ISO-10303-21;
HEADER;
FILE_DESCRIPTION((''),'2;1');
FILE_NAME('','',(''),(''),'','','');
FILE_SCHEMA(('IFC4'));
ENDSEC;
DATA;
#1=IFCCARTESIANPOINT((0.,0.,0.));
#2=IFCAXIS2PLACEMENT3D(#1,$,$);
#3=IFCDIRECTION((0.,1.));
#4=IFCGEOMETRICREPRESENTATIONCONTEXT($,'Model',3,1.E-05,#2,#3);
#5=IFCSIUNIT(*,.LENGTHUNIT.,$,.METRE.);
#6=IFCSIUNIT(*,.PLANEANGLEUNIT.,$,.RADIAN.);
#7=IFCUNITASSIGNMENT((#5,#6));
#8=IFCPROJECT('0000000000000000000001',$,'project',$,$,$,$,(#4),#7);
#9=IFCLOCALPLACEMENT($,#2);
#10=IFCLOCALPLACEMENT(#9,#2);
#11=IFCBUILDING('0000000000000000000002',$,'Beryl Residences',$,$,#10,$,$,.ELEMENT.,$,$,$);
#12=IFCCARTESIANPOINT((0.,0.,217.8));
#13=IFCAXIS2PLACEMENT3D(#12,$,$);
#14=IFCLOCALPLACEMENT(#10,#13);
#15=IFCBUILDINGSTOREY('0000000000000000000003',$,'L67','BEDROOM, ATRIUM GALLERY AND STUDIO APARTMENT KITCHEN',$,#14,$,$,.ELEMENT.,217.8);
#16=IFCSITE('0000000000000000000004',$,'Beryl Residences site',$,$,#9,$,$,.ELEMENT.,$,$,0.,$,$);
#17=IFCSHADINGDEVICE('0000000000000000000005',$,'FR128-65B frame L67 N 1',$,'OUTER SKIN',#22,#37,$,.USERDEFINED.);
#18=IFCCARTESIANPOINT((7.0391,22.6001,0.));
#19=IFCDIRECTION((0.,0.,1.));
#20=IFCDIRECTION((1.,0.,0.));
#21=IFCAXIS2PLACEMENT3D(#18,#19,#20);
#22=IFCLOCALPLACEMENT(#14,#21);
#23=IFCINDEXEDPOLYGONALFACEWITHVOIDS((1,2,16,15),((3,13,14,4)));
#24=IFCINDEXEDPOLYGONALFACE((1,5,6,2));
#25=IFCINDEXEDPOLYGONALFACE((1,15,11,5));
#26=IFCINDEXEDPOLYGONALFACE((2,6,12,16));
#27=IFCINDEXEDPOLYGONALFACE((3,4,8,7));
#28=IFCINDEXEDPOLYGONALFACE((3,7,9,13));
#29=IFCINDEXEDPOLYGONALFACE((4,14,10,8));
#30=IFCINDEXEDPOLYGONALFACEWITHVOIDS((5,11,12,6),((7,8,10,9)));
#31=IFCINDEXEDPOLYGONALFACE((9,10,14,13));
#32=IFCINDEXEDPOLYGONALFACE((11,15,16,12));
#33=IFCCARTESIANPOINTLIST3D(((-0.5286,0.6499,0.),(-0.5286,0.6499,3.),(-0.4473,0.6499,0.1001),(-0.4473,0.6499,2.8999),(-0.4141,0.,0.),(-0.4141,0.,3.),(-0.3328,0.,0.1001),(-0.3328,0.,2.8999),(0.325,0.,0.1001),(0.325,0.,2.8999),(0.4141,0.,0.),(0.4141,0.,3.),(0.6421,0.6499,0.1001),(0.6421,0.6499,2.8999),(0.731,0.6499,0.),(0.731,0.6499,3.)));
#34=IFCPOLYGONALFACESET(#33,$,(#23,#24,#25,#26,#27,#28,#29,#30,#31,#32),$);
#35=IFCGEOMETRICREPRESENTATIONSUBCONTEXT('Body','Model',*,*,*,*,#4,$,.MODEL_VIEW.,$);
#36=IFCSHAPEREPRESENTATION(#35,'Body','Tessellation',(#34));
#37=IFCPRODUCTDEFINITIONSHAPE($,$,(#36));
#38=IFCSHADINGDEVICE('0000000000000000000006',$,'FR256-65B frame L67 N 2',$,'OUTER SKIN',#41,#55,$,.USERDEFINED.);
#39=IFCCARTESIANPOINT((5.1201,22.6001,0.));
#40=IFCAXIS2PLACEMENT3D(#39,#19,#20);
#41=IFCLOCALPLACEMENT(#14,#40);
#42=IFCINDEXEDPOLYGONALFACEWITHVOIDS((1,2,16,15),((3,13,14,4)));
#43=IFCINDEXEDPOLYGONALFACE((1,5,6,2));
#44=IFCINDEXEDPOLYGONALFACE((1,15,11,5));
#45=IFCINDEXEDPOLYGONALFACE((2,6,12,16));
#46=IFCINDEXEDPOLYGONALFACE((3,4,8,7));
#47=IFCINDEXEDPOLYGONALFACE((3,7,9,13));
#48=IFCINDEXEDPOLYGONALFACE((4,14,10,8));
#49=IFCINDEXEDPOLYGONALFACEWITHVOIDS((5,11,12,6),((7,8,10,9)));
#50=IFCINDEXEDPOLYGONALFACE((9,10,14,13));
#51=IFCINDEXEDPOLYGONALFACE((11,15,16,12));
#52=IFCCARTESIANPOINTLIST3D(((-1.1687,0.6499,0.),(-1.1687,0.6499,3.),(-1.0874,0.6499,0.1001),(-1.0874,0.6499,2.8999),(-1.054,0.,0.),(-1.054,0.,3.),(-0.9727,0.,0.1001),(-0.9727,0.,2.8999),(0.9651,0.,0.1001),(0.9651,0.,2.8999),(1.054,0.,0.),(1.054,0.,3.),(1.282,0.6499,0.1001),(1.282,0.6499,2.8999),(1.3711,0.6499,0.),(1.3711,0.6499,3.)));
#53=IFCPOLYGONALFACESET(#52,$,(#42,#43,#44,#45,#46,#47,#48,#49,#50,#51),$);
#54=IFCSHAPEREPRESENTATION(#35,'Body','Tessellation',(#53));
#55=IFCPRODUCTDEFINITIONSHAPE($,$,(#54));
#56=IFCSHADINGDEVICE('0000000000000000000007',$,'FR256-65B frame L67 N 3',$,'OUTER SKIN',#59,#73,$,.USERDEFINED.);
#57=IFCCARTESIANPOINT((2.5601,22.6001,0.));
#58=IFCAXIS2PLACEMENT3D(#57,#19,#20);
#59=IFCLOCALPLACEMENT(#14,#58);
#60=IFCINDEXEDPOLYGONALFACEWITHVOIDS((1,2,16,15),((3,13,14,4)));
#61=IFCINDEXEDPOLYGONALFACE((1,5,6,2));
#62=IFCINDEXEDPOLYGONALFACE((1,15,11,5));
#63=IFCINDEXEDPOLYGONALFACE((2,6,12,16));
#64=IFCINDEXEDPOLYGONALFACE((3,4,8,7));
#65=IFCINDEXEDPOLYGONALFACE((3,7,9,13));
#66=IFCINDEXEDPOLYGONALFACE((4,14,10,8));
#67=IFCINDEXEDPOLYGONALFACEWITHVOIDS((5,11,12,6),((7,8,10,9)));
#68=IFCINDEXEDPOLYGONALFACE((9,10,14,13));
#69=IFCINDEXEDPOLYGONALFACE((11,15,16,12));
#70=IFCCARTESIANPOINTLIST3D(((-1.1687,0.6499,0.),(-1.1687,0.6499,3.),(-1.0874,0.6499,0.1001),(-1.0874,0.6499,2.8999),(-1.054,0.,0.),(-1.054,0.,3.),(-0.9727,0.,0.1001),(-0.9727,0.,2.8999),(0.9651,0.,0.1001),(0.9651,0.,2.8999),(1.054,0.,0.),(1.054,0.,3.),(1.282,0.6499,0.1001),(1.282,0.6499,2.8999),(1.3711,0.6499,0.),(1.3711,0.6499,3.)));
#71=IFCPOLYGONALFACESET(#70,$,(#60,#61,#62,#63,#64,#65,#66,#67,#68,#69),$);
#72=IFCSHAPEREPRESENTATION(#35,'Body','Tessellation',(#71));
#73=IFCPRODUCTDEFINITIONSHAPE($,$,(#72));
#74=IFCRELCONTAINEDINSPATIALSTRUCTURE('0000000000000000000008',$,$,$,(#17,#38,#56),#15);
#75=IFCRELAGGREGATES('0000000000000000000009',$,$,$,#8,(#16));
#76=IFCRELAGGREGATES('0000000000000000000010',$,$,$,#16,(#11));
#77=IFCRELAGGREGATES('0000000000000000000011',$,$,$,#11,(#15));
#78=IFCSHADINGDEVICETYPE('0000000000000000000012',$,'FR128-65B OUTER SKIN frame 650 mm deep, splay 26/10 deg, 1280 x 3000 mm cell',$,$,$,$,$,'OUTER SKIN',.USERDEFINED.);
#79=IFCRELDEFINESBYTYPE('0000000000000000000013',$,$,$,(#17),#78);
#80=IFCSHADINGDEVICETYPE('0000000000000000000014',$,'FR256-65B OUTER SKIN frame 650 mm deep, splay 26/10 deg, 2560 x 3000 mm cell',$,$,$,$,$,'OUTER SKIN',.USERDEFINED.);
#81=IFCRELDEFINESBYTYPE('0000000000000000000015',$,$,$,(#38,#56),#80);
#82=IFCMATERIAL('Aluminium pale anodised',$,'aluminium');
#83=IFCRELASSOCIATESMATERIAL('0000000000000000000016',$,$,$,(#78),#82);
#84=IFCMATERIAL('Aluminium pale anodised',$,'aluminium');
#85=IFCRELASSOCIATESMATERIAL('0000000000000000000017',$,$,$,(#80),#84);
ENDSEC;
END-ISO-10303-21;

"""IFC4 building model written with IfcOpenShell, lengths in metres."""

from ifc_helpers import new_model, entity, si_unit, direction, frame, origin, place, context, subcontext, project, spatial, source, transform, mapped, material, type_object, type_shapes, element, save


model = new_model("IFC4")

# Units and contexts
model_context = context("Model", 3, precision=1e-05, world=origin(), true_north=direction((0.0, 1.0)))
body_context = subcontext(model_context, "Body", "Model", "MODEL_VIEW")
ifc_project = project(units=[si_unit("LENGTHUNIT", "METRE"), si_unit("PLANEANGLEUNIT", "RADIAN")], contexts=[model_context])

# Site, building, storey
site_placement = place(None, origin())
site = spatial("IfcSite", under=ifc_project, at=site_placement, Name="Beryl Residences site", CompositionType="ELEMENT", RefElevation=0.0)
building_placement = place(site_placement, origin())
building = spatial("IfcBuilding", under=site, at=building_placement, Name="Beryl Residences", CompositionType="ELEMENT")
storey_placement = place(building_placement, frame((0.0, 0.0, 217.8)))
storey = spatial("IfcBuildingStorey", under=building, at=storey_placement, Name="L67", Description="BEDROOM, ATRIUM GALLERY AND STUDIO APARTMENT KITCHEN", CompositionType="ELEMENT", Elevation=217.8)

# Shading devices
ifc_material_1 = material(Name="Aluminium pale anodised", Category="aluminium")
shading_device_type_1 = type_object("IfcShadingDeviceType", Name="FR128-65B OUTER SKIN frame 650 mm deep, splay 26/10 deg, 1280 x 3000 mm cell", ElementType="OUTER SKIN", PredefinedType="USERDEFINED", material=ifc_material_1)
cartesian_point_1 = entity("IfcCartesianPoint", [-0.4141, 0.0])
cartesian_point_2 = entity("IfcCartesianPoint", [-0.325, 0.1001])
cartesian_point_3 = entity("IfcCartesianPoint", [-0.731, 0.0])
cartesian_point_4 = entity("IfcCartesianPoint", [-0.6421, 0.1001])
shared_shape_1 = source(origin(), body_context, "Body", "SweptSolid", [
    entity("IfcExtrudedAreaSolidTapered", entity("IfcArbitraryProfileDefWithVoids", "AREA", None, entity("IfcPolyline", [cartesian_point_1, entity("IfcCartesianPoint", [0.4141, 0.0]), entity("IfcCartesianPoint", [0.4141, 3.0]), entity("IfcCartesianPoint", [-0.4141, 3.0]), cartesian_point_1]), [entity("IfcPolyline", [cartesian_point_2, entity("IfcCartesianPoint", [0.3328, 0.1001]), entity("IfcCartesianPoint", [0.3328, 2.8999]), entity("IfcCartesianPoint", [-0.325, 2.8999]), cartesian_point_2])]), entity("IfcAxis2Placement3D", entity("IfcCartesianPoint", [0.0, 0.0, 0.0]), entity("IfcDirection", [0.0, 1.0, 0.0]), entity("IfcDirection", [-1.0, 0.0, 0.0])), entity("IfcDirection", [0.0, 0.0, 1.0]), 0.6499, entity("IfcArbitraryProfileDefWithVoids", "AREA", None, entity("IfcPolyline", [cartesian_point_3, entity("IfcCartesianPoint", [0.5286, 0.0]), entity("IfcCartesianPoint", [0.5286, 3.0]), entity("IfcCartesianPoint", [-0.731, 3.0]), cartesian_point_3]), [entity("IfcPolyline", [cartesian_point_4, entity("IfcCartesianPoint", [0.4473, 0.1001]), entity("IfcCartesianPoint", [0.4473, 2.8999]), entity("IfcCartesianPoint", [-0.6421, 2.8999]), cartesian_point_4])])),
])
type_shapes(shading_device_type_1, [shared_shape_1])
shading_device_placement = place(storey_placement, frame((7.0391, 22.6001, 0.0), z_axis=(0.0, 0.0, 1.0), x_axis=(1.0, 0.0, 0.0)))
element("IfcShadingDevice", 1, at=shading_device_placement, inside=storey, type_object=shading_device_type_1, Name="FR128-65B frame L67 N 1", ObjectType="OUTER SKIN", PredefinedType="USERDEFINED", context=body_context, shape_type="MappedRepresentation", body=[
    mapped(shared_shape_1, transform((0.0, 0.0, 0.0))),
])
ifc_material_2 = material(Name="Aluminium pale anodised", Category="aluminium")
shading_device_type_2 = type_object("IfcShadingDeviceType", Name="FR256-65B OUTER SKIN frame 650 mm deep, splay 26/10 deg, 2560 x 3000 mm cell", ElementType="OUTER SKIN", PredefinedType="USERDEFINED", material=ifc_material_2)
cartesian_point_5 = entity("IfcCartesianPoint", [-1.054, 0.0])
cartesian_point_6 = entity("IfcCartesianPoint", [-0.9651, 0.1001])
cartesian_point_7 = entity("IfcCartesianPoint", [-1.3711, 0.0])
cartesian_point_8 = entity("IfcCartesianPoint", [-1.282, 0.1001])
shared_shape_2 = source(origin(), body_context, "Body", "SweptSolid", [
    entity("IfcExtrudedAreaSolidTapered", entity("IfcArbitraryProfileDefWithVoids", "AREA", None, entity("IfcPolyline", [cartesian_point_5, entity("IfcCartesianPoint", [1.054, 0.0]), entity("IfcCartesianPoint", [1.054, 3.0]), entity("IfcCartesianPoint", [-1.054, 3.0]), cartesian_point_5]), [entity("IfcPolyline", [cartesian_point_6, entity("IfcCartesianPoint", [0.9727, 0.1001]), entity("IfcCartesianPoint", [0.9727, 2.8999]), entity("IfcCartesianPoint", [-0.9651, 2.8999]), cartesian_point_6])]), entity("IfcAxis2Placement3D", entity("IfcCartesianPoint", [0.0, 0.0, 0.0]), entity("IfcDirection", [0.0, 1.0, 0.0]), entity("IfcDirection", [-1.0, 0.0, 0.0])), entity("IfcDirection", [0.0, 0.0, 1.0]), 0.6499, entity("IfcArbitraryProfileDefWithVoids", "AREA", None, entity("IfcPolyline", [cartesian_point_7, entity("IfcCartesianPoint", [1.1687, 0.0]), entity("IfcCartesianPoint", [1.1687, 3.0]), entity("IfcCartesianPoint", [-1.3711, 3.0]), cartesian_point_7]), [entity("IfcPolyline", [cartesian_point_8, entity("IfcCartesianPoint", [1.0874, 0.1001]), entity("IfcCartesianPoint", [1.0874, 2.8999]), entity("IfcCartesianPoint", [-1.282, 2.8999]), cartesian_point_8])])),
])
type_shapes(shading_device_type_2, [shared_shape_2])
for number, where, z_axis, x_axis, name in (
    (2, (5.1201, 22.6001, 0.0), (0.0, 0.0, 1.0), (1.0, 0.0, 0.0), "FR256-65B frame L67 N 2"),
    (3, (2.5601, 22.6001, 0.0), (0.0, 0.0, 1.0), (1.0, 0.0, 0.0), "FR256-65B frame L67 N 3"),
):
    element("IfcShadingDevice", number, at=place(storey_placement, frame(where, z_axis=z_axis, x_axis=x_axis)), inside=storey, type_object=shading_device_type_2, Name=name, ObjectType="OUTER SKIN", PredefinedType="USERDEFINED", context=body_context, shape_type="MappedRepresentation", body=[
        mapped(shared_shape_2, transform((0.0, 0.0, 0.0))),
    ])

save(model, "model.ifc")
